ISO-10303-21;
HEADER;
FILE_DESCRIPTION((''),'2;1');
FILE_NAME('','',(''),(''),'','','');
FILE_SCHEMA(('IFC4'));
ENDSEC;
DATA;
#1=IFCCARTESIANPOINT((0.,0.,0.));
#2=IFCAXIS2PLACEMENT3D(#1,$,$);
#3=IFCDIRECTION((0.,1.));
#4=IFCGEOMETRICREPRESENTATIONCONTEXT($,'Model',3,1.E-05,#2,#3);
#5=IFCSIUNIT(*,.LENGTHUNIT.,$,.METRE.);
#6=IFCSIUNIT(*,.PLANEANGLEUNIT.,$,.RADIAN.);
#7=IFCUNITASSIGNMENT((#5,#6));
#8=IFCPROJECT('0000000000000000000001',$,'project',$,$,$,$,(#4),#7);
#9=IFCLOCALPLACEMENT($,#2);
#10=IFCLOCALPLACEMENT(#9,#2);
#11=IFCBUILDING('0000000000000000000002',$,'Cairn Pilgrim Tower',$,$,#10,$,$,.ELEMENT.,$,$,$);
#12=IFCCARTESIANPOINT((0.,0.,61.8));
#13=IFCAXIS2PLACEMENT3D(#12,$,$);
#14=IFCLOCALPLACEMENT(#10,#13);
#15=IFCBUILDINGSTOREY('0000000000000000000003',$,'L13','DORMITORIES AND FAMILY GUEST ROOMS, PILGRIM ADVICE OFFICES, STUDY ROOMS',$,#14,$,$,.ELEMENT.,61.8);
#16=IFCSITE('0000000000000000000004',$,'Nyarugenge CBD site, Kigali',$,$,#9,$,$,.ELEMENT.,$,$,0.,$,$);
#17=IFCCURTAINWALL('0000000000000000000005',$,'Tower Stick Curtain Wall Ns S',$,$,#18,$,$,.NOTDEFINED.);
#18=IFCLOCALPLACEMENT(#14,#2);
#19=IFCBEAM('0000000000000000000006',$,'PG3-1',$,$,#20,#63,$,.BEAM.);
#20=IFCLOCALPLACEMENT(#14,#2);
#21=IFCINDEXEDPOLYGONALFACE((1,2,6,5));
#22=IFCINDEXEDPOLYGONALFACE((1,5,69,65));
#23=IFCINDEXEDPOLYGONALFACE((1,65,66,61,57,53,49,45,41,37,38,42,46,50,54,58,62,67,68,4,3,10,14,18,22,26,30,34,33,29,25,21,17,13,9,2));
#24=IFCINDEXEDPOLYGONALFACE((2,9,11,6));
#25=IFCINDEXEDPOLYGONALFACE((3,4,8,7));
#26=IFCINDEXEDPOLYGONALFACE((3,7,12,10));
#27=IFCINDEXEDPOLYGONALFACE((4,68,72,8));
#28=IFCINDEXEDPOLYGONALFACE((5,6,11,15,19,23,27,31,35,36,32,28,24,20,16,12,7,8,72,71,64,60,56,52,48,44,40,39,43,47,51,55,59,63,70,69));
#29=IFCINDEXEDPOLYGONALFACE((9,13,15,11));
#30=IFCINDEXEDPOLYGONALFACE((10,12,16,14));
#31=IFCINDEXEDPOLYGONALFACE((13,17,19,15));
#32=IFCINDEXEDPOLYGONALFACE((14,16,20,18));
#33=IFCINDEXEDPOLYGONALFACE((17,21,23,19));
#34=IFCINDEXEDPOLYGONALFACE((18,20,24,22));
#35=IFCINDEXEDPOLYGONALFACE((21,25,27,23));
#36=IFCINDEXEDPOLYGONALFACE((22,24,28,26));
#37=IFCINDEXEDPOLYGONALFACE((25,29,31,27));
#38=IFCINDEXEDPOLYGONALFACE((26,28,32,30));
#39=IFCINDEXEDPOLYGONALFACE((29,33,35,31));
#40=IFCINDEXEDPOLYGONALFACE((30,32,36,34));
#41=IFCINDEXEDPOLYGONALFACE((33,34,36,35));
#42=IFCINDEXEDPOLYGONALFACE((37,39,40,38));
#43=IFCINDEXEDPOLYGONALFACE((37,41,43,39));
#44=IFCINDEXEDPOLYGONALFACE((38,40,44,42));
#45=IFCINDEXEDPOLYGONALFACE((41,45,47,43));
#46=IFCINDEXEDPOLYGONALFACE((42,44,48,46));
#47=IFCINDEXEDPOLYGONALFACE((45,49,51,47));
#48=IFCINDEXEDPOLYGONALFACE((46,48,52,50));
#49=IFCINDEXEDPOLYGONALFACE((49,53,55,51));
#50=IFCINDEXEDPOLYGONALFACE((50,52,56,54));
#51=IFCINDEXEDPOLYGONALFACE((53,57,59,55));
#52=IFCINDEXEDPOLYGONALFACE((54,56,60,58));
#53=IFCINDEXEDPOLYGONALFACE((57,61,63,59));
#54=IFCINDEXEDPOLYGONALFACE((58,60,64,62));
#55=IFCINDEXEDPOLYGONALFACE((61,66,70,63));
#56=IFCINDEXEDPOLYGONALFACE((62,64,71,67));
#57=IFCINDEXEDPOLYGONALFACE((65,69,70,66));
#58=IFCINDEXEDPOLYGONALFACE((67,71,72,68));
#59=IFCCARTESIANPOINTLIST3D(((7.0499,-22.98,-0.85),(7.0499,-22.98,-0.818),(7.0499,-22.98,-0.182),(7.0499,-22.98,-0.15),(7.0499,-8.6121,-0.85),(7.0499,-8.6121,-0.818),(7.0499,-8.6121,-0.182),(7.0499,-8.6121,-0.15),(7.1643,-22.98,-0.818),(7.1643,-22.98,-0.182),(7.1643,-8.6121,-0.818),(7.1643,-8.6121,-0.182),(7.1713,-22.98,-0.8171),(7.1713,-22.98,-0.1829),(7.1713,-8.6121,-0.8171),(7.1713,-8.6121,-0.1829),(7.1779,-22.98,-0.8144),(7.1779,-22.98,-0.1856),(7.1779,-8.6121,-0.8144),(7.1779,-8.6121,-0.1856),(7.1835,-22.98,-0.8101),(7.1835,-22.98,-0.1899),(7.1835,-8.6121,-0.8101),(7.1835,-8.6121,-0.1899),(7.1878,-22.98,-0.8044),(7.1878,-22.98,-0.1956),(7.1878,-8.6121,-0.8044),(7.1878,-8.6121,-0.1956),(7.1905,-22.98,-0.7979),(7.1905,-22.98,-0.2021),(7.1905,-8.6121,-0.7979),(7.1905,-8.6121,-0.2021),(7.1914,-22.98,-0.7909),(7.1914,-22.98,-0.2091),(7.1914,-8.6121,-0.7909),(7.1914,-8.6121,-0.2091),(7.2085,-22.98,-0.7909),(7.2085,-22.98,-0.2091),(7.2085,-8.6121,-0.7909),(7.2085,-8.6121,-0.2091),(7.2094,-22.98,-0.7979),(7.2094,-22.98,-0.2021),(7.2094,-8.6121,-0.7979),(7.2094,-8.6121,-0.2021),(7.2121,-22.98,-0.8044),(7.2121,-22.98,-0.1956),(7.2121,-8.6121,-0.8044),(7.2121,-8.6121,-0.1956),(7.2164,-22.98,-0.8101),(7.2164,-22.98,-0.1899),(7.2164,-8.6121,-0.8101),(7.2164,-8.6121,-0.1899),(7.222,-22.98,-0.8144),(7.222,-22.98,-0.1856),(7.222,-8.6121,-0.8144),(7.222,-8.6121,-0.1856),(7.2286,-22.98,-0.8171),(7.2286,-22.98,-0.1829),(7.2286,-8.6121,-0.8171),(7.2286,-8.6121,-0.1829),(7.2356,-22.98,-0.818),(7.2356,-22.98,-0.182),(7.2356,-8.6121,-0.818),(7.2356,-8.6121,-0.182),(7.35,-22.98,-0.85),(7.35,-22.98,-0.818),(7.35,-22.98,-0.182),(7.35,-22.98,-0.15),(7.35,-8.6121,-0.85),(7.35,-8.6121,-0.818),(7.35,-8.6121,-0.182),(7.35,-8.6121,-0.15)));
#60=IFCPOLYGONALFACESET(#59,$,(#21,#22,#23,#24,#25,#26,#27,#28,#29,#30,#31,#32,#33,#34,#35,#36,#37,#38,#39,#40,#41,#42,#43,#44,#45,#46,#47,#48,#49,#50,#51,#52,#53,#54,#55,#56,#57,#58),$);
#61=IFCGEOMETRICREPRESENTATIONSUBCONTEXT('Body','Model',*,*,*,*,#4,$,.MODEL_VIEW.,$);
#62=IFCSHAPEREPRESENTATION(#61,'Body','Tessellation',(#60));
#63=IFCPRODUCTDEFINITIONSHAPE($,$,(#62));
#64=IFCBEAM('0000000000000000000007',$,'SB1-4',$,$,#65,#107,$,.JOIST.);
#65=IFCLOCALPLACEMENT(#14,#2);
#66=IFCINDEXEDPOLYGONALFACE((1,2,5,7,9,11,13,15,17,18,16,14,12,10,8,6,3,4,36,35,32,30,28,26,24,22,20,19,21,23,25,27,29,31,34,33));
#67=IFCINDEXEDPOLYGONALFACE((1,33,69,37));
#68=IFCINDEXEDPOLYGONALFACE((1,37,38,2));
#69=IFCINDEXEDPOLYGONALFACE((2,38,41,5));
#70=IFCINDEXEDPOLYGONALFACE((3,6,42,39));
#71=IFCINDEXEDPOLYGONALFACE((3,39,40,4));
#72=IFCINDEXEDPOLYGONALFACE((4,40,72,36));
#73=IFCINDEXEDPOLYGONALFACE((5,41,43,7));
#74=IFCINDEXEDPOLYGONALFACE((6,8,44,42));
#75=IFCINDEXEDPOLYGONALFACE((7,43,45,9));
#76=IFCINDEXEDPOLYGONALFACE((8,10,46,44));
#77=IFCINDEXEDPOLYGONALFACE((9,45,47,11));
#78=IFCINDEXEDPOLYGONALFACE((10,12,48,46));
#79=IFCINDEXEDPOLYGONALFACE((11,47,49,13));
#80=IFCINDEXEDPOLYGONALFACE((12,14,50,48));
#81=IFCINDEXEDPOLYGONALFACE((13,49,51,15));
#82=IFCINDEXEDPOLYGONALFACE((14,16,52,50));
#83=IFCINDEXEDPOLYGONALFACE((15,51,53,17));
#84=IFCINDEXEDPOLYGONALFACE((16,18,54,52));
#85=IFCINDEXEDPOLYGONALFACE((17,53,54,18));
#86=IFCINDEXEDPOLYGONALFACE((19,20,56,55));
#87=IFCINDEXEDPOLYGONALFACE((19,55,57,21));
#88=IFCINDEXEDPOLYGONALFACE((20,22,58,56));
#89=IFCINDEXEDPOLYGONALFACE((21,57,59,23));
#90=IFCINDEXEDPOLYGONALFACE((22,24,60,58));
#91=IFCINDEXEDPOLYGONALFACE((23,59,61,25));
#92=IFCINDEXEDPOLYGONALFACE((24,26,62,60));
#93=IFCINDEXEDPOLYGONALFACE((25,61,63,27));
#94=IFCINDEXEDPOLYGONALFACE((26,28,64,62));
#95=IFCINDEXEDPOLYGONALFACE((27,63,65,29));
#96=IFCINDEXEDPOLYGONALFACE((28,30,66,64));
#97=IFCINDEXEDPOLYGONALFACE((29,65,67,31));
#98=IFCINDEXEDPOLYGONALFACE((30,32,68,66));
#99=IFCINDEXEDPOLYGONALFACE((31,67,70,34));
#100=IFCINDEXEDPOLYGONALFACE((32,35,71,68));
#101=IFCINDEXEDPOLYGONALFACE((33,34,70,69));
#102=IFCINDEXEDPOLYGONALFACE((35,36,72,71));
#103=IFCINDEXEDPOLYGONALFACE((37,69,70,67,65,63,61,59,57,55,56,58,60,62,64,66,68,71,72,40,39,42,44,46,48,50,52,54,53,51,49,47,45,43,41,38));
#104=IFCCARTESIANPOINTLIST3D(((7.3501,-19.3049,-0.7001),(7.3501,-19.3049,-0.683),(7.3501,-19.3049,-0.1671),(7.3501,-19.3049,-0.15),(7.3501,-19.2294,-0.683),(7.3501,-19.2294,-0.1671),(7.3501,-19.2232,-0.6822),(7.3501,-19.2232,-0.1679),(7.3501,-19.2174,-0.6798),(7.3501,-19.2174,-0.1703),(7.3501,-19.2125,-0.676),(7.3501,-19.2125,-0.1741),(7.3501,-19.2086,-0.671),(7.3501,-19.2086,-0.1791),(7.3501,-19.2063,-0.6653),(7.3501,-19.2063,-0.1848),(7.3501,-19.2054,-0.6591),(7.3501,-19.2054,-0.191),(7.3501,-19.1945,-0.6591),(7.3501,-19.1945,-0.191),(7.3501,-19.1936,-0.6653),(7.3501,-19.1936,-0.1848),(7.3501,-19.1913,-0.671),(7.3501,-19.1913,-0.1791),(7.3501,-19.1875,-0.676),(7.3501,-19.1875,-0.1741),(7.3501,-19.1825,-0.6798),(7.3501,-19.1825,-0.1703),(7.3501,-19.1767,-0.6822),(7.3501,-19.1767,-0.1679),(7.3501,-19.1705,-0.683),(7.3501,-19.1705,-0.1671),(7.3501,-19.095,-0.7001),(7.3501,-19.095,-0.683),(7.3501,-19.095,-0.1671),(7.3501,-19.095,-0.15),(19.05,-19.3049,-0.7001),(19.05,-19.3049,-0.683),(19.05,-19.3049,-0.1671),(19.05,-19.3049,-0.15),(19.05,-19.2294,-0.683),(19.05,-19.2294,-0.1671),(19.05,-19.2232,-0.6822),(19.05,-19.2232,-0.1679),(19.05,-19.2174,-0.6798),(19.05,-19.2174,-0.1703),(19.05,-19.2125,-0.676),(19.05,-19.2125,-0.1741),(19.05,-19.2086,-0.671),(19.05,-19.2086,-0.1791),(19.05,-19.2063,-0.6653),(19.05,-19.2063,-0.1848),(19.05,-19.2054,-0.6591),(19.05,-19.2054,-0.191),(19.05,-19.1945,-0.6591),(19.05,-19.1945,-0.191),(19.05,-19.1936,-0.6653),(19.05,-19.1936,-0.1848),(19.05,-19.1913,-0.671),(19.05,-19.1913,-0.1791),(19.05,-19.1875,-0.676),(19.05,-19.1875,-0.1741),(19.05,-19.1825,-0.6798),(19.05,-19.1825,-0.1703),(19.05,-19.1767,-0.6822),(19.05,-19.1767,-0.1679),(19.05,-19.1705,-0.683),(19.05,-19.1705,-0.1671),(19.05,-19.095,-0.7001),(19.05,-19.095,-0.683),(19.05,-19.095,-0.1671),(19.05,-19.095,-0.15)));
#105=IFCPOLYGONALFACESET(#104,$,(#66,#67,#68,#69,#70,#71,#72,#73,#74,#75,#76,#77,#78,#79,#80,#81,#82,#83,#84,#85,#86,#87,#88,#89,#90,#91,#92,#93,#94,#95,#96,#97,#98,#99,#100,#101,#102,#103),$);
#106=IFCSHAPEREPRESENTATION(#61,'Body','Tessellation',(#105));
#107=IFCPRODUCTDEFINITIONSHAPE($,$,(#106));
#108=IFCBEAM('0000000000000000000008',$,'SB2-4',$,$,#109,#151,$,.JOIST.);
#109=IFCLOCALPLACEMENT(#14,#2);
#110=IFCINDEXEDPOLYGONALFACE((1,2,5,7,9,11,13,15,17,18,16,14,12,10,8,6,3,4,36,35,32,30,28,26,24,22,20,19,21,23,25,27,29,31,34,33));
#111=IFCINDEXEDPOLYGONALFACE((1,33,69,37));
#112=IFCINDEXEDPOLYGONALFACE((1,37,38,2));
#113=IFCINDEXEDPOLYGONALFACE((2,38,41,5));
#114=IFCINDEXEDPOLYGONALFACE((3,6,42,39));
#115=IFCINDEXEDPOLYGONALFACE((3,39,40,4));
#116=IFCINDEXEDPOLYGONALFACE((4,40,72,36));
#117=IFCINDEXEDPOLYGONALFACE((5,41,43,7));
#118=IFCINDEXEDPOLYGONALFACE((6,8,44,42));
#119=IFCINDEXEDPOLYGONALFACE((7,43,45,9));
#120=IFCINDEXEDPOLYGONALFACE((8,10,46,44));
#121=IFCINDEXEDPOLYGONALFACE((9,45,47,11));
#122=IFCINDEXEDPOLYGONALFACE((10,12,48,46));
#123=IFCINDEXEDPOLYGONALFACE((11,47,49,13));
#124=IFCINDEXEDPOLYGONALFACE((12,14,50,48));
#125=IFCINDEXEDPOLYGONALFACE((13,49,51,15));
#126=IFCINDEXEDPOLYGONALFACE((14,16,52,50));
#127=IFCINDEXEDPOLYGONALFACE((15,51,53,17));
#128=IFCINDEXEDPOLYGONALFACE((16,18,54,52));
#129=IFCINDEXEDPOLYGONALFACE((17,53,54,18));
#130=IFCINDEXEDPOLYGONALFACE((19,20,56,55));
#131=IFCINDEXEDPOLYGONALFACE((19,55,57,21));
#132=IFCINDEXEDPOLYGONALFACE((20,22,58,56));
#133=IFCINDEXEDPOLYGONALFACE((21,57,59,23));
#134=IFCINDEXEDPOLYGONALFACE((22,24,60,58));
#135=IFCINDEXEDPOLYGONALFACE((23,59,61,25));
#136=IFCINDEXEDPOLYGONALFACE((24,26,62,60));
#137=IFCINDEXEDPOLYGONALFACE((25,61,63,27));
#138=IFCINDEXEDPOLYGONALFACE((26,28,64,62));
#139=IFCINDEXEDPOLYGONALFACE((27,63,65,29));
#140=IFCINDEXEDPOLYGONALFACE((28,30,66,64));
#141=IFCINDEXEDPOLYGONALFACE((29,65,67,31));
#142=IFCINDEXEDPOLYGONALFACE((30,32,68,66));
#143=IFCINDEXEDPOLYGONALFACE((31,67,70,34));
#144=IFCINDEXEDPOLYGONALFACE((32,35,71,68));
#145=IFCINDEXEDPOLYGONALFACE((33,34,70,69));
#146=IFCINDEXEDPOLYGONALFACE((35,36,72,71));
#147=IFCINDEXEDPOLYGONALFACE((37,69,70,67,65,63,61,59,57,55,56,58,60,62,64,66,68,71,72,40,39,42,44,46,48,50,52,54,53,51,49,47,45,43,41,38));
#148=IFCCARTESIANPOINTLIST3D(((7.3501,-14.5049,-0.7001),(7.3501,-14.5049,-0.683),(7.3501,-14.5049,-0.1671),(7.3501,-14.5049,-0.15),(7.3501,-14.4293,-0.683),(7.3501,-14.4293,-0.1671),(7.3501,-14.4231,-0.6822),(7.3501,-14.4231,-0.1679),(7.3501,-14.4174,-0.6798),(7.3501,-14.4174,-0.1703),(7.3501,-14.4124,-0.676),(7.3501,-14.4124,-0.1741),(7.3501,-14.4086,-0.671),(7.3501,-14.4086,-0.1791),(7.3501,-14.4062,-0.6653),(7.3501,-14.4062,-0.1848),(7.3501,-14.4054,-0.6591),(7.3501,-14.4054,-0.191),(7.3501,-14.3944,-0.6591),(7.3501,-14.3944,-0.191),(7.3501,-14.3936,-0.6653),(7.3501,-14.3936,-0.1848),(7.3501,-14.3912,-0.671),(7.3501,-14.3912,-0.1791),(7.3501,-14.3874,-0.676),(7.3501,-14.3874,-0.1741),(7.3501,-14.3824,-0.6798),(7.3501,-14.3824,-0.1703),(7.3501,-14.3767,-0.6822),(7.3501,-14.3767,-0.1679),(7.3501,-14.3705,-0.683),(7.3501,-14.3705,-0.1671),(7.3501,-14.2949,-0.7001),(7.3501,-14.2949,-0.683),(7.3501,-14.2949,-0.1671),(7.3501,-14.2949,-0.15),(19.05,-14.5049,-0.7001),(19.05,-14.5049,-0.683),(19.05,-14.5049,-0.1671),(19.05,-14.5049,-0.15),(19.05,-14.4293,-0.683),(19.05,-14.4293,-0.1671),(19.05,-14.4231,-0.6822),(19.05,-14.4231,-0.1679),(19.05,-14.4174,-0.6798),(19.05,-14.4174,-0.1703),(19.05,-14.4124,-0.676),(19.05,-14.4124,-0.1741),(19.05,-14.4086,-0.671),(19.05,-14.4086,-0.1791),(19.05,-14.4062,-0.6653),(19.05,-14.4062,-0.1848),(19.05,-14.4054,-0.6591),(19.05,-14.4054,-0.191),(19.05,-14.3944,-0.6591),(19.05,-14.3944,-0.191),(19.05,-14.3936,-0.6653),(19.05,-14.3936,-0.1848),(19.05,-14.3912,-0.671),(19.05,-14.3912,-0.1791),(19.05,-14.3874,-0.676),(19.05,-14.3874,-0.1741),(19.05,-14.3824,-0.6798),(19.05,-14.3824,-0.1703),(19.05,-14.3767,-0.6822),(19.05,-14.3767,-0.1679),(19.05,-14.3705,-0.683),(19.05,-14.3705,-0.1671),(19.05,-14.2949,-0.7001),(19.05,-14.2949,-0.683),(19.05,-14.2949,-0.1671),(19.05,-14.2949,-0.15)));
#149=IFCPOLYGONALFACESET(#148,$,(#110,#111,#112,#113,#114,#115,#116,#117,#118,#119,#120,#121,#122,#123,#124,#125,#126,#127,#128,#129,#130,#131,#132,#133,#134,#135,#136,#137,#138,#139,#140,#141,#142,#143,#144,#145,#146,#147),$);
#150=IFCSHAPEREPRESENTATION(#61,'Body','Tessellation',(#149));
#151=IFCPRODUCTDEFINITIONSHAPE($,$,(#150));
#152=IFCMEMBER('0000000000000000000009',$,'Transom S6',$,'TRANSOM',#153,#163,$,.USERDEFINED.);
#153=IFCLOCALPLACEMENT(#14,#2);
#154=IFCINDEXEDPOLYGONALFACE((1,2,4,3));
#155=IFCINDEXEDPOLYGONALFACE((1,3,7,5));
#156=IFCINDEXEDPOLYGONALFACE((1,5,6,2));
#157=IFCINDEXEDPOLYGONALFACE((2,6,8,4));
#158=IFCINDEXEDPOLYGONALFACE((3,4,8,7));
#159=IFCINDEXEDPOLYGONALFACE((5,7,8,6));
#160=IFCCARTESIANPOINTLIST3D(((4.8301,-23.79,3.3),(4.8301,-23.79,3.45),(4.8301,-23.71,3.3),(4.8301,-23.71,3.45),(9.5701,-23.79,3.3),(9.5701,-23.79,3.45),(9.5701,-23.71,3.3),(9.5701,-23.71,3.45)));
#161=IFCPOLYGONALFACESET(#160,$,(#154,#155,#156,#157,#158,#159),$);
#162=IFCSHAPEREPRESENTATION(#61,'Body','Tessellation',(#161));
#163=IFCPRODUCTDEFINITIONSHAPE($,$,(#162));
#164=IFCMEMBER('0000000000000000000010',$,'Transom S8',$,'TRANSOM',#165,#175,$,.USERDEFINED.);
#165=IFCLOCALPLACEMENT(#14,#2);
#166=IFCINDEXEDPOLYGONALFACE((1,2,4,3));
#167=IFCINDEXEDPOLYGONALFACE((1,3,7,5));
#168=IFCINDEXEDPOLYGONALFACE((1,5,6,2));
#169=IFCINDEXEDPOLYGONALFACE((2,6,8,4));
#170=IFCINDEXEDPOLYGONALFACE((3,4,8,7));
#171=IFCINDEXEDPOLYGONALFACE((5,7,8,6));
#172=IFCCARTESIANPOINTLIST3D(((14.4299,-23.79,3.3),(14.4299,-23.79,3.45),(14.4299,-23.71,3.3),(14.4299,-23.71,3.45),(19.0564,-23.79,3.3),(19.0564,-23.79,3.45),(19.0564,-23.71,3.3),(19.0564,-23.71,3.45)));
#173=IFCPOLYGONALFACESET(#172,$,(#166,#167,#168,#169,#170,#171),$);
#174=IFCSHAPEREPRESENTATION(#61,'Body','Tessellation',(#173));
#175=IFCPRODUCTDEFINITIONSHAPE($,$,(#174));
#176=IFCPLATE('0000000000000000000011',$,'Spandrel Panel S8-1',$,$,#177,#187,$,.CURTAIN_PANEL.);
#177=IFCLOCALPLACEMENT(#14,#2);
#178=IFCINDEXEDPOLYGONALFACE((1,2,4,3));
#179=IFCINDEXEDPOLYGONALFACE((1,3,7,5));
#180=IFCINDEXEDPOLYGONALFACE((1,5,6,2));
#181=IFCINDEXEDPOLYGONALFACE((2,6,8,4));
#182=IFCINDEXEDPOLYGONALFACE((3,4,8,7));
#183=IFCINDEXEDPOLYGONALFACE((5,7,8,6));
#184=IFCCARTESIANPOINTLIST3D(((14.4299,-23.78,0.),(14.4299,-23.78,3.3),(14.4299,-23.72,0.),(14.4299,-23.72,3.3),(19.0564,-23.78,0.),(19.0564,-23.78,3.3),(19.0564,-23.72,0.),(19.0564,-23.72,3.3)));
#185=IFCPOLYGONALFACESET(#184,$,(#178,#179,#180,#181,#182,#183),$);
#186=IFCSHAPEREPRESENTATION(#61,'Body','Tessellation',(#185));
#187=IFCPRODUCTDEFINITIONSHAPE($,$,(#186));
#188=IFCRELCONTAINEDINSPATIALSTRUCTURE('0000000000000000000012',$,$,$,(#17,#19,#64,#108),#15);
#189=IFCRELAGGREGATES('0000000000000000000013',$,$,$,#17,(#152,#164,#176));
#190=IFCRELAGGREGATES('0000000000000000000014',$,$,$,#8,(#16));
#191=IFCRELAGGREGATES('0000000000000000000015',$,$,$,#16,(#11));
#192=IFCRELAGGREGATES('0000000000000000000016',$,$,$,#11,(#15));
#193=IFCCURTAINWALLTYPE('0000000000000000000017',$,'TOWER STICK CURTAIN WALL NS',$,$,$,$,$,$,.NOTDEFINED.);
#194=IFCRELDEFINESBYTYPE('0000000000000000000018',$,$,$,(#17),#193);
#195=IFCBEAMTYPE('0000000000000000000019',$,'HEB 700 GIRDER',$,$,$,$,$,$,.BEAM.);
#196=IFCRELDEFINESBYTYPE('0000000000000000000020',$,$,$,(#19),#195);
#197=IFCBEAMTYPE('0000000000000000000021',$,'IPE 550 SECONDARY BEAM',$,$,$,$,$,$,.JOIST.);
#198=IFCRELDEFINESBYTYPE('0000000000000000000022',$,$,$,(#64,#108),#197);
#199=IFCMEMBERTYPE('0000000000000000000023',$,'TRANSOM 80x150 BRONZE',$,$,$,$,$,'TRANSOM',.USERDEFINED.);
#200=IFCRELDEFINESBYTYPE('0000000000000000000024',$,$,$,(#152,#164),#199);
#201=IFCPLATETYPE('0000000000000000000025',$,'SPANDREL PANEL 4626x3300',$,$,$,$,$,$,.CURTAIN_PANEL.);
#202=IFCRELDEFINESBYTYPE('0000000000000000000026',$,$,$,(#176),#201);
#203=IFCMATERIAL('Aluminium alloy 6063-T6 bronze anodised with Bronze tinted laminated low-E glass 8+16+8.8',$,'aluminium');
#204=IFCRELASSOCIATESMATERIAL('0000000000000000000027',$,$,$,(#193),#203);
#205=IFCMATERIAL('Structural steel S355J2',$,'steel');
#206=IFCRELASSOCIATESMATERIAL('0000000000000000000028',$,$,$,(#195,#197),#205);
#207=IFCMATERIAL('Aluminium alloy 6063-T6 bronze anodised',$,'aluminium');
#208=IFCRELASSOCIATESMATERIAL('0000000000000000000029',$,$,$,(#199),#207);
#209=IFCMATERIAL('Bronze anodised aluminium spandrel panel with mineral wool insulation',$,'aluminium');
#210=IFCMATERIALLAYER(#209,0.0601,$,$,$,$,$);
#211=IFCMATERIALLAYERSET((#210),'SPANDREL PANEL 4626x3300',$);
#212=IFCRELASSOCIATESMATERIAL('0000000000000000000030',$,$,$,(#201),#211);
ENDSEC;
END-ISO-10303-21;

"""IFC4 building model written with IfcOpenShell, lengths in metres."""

from ifc_helpers import new_model, si_unit, direction, frame, origin, origin_2d, place, context, subcontext, project, spatial, rectangle, i_section, extrude, material, layer, layer_set, material_profile, profile_set, type_object, element, aggregate, save


model = new_model("IFC4")

# Units and contexts
model_context = context("Model", 3, precision=1e-05, world=origin(), true_north=direction((0.0, 1.0)))
body_context = subcontext(model_context, "Body", "Model", "MODEL_VIEW")
ifc_project = project(units=[si_unit("LENGTHUNIT", "METRE"), si_unit("PLANEANGLEUNIT", "RADIAN")], contexts=[model_context])

# Site, building, storey
site_placement = place(None, origin())
site = spatial("IfcSite", under=ifc_project, at=site_placement, Name="Nyarugenge CBD site, Kigali", CompositionType="ELEMENT", RefElevation=0.0)
building_placement = place(site_placement, origin())
building = spatial("IfcBuilding", under=site, at=building_placement, Name="Cairn Pilgrim Tower", CompositionType="ELEMENT")
storey_placement = place(building_placement, frame((0.0, 0.0, 61.8)))
storey = spatial("IfcBuildingStorey", under=building, at=storey_placement, Name="L13", Description="DORMITORIES AND FAMILY GUEST ROOMS, PILGRIM ADVICE OFFICES, STUDY ROOMS", CompositionType="ELEMENT", Elevation=61.8)

# Curtain wall
ifc_material_1 = material(Name="Aluminium alloy 6063-T6 bronze anodised with Bronze tinted laminated low-E glass 8+16+8.8", Category="aluminium")
curtain_wall_type = type_object("IfcCurtainWallType", Name="TOWER STICK CURTAIN WALL NS", PredefinedType="NOTDEFINED", material=ifc_material_1)
curtain_wall_placement = place(storey_placement, origin())
curtain_wall = element("IfcCurtainWall", 1, at=curtain_wall_placement, inside=storey, type_object=curtain_wall_type, Name="Tower Stick Curtain Wall Ns S", PredefinedType="NOTDEFINED")
ifc_material_2 = material(Name="Aluminium alloy 6063-T6 bronze anodised", Category="aluminium")

# Beams
ifc_material_3 = material(Name="Structural steel S355J2", Category="steel")
ifc_material_profile_1 = material_profile(ifc_material_3, i_section(OverallWidth=0.3, OverallDepth=0.7, WebThickness=0.0171, FlangeThickness=0.032, FilletRadius=0.0271, at=origin_2d()), Name="HEB 700")
ifc_profile_set_1 = profile_set([ifc_material_profile_1], Name="Structural steel S355J2")
beam_type_1 = type_object("IfcBeamType", Name="HEB 700 GIRDER", PredefinedType="BEAM", material=ifc_profile_set_1)
beam_1_placement = place(storey_placement, frame((7.2, -22.98, -0.5), z_axis=(0.0, 1.0, 0.0), x_axis=(-1.0, 0.0, 0.0)))
element("IfcBeam", 2, at=beam_1_placement, inside=storey, type_object=beam_type_1, Name="PG3-1", PredefinedType="BEAM", context=body_context, shape_type="SweptSolid", body=[
    extrude(i_section(OverallWidth=0.3, OverallDepth=0.7, WebThickness=0.0171, FlangeThickness=0.032, FilletRadius=0.0271, at=origin_2d()), origin(), (0.0, 0.0, 1.0), 14.3679),
])
ifc_material_profile_2 = material_profile(ifc_material_3, i_section(OverallWidth=0.21, OverallDepth=0.55, WebThickness=0.011, FlangeThickness=0.0171, FilletRadius=0.0239, at=origin_2d()), Name="IPE 550")
ifc_profile_set_2 = profile_set([ifc_material_profile_2], Name="Structural steel S355J2")
beam_type_2 = type_object("IfcBeamType", Name="IPE 550 SECONDARY BEAM", PredefinedType="JOIST", material=ifc_profile_set_2)
for number, where, z_axis, x_axis, name in (
    (3, (7.3501, -19.2, -0.425), (1.0, 0.0, 0.0), (0.0, 1.0, 0.0), "SB1-4"),
    (4, (7.3501, -14.3999, -0.425), (1.0, 0.0, 0.0), (0.0, 1.0, 0.0), "SB2-4"),
):
    element("IfcBeam", number, at=place(storey_placement, frame(where, z_axis=z_axis, x_axis=x_axis)), inside=storey, type_object=beam_type_2, Name=name, PredefinedType="JOIST", context=body_context, shape_type="SweptSolid", body=[
        extrude(i_section(OverallWidth=0.21, OverallDepth=0.55, WebThickness=0.011, FlangeThickness=0.0171, FilletRadius=0.0239, at=origin_2d()), origin(), (0.0, 0.0, 1.0), 11.7),
    ])

# Members
ifc_material_profile_3 = material_profile(ifc_material_2, rectangle(XDim=0.0801, YDim=0.1499, at=origin_2d()), Name="TRANSOM 80x150 BRONZE")
ifc_profile_set_3 = profile_set([ifc_material_profile_3], Name="Aluminium alloy 6063-T6 bronze anodised")
member_type_1 = type_object("IfcMemberType", Name="TRANSOM 80x150 BRONZE", ElementType="TRANSOM", PredefinedType="USERDEFINED", material=ifc_profile_set_3)
member_1_placement = place(storey_placement, frame((4.8301, -23.75, 3.375), z_axis=(1.0, 0.0, 0.0), x_axis=(0.0, 1.0, 0.0)))
member_1 = element("IfcMember", 5, at=member_1_placement, type_object=member_type_1, Name="Transom S6", ObjectType="TRANSOM", PredefinedType="USERDEFINED", context=body_context, shape_type="SweptSolid", body=[
    extrude(rectangle(XDim=0.0801, YDim=0.1499, at=origin_2d()), origin(), (0.0, 0.0, 1.0), 4.74),
])
member_2_placement = place(storey_placement, frame((14.4299, -23.75, 3.375), z_axis=(1.0, 0.0, 0.0), x_axis=(0.0, 1.0, 0.0)))
member_2 = element("IfcMember", 6, at=member_2_placement, type_object=member_type_1, Name="Transom S8", ObjectType="TRANSOM", PredefinedType="USERDEFINED", context=body_context, shape_type="SweptSolid", body=[
    extrude(rectangle(XDim=0.0801, YDim=0.1499, at=origin_2d()), origin(), (0.0, 0.0, 1.0), 4.6265),
])

# Plate
ifc_material_4 = material(Name="Bronze anodised aluminium spandrel panel with mineral wool insulation", Category="aluminium")
ifc_layer_1 = layer(ifc_material_4, 0.0601)
ifc_layer_set_1 = layer_set([ifc_layer_1], Name="SPANDREL PANEL 4626x3300")
plate_type_1 = type_object("IfcPlateType", Name="SPANDREL PANEL 4626x3300", PredefinedType="CURTAIN_PANEL", material=ifc_layer_set_1)
plate_1_placement = place(storey_placement, frame((16.7432, -23.75, 0.0), z_axis=(0.0, 0.0, 1.0), x_axis=(1.0, 0.0, 0.0)))
plate_1 = element("IfcPlate", 7, at=plate_1_placement, type_object=plate_type_1, Name="Spandrel Panel S8-1", PredefinedType="CURTAIN_PANEL", context=body_context, shape_type="SweptSolid", body=[
    extrude(rectangle(XDim=4.6265, YDim=0.0601, at=origin_2d()), origin(), (0.0, 0.0, 1.0), 3.3),
])
aggregate(curtain_wall, [member_1, member_2, plate_1])

save(model, "model.ifc")
